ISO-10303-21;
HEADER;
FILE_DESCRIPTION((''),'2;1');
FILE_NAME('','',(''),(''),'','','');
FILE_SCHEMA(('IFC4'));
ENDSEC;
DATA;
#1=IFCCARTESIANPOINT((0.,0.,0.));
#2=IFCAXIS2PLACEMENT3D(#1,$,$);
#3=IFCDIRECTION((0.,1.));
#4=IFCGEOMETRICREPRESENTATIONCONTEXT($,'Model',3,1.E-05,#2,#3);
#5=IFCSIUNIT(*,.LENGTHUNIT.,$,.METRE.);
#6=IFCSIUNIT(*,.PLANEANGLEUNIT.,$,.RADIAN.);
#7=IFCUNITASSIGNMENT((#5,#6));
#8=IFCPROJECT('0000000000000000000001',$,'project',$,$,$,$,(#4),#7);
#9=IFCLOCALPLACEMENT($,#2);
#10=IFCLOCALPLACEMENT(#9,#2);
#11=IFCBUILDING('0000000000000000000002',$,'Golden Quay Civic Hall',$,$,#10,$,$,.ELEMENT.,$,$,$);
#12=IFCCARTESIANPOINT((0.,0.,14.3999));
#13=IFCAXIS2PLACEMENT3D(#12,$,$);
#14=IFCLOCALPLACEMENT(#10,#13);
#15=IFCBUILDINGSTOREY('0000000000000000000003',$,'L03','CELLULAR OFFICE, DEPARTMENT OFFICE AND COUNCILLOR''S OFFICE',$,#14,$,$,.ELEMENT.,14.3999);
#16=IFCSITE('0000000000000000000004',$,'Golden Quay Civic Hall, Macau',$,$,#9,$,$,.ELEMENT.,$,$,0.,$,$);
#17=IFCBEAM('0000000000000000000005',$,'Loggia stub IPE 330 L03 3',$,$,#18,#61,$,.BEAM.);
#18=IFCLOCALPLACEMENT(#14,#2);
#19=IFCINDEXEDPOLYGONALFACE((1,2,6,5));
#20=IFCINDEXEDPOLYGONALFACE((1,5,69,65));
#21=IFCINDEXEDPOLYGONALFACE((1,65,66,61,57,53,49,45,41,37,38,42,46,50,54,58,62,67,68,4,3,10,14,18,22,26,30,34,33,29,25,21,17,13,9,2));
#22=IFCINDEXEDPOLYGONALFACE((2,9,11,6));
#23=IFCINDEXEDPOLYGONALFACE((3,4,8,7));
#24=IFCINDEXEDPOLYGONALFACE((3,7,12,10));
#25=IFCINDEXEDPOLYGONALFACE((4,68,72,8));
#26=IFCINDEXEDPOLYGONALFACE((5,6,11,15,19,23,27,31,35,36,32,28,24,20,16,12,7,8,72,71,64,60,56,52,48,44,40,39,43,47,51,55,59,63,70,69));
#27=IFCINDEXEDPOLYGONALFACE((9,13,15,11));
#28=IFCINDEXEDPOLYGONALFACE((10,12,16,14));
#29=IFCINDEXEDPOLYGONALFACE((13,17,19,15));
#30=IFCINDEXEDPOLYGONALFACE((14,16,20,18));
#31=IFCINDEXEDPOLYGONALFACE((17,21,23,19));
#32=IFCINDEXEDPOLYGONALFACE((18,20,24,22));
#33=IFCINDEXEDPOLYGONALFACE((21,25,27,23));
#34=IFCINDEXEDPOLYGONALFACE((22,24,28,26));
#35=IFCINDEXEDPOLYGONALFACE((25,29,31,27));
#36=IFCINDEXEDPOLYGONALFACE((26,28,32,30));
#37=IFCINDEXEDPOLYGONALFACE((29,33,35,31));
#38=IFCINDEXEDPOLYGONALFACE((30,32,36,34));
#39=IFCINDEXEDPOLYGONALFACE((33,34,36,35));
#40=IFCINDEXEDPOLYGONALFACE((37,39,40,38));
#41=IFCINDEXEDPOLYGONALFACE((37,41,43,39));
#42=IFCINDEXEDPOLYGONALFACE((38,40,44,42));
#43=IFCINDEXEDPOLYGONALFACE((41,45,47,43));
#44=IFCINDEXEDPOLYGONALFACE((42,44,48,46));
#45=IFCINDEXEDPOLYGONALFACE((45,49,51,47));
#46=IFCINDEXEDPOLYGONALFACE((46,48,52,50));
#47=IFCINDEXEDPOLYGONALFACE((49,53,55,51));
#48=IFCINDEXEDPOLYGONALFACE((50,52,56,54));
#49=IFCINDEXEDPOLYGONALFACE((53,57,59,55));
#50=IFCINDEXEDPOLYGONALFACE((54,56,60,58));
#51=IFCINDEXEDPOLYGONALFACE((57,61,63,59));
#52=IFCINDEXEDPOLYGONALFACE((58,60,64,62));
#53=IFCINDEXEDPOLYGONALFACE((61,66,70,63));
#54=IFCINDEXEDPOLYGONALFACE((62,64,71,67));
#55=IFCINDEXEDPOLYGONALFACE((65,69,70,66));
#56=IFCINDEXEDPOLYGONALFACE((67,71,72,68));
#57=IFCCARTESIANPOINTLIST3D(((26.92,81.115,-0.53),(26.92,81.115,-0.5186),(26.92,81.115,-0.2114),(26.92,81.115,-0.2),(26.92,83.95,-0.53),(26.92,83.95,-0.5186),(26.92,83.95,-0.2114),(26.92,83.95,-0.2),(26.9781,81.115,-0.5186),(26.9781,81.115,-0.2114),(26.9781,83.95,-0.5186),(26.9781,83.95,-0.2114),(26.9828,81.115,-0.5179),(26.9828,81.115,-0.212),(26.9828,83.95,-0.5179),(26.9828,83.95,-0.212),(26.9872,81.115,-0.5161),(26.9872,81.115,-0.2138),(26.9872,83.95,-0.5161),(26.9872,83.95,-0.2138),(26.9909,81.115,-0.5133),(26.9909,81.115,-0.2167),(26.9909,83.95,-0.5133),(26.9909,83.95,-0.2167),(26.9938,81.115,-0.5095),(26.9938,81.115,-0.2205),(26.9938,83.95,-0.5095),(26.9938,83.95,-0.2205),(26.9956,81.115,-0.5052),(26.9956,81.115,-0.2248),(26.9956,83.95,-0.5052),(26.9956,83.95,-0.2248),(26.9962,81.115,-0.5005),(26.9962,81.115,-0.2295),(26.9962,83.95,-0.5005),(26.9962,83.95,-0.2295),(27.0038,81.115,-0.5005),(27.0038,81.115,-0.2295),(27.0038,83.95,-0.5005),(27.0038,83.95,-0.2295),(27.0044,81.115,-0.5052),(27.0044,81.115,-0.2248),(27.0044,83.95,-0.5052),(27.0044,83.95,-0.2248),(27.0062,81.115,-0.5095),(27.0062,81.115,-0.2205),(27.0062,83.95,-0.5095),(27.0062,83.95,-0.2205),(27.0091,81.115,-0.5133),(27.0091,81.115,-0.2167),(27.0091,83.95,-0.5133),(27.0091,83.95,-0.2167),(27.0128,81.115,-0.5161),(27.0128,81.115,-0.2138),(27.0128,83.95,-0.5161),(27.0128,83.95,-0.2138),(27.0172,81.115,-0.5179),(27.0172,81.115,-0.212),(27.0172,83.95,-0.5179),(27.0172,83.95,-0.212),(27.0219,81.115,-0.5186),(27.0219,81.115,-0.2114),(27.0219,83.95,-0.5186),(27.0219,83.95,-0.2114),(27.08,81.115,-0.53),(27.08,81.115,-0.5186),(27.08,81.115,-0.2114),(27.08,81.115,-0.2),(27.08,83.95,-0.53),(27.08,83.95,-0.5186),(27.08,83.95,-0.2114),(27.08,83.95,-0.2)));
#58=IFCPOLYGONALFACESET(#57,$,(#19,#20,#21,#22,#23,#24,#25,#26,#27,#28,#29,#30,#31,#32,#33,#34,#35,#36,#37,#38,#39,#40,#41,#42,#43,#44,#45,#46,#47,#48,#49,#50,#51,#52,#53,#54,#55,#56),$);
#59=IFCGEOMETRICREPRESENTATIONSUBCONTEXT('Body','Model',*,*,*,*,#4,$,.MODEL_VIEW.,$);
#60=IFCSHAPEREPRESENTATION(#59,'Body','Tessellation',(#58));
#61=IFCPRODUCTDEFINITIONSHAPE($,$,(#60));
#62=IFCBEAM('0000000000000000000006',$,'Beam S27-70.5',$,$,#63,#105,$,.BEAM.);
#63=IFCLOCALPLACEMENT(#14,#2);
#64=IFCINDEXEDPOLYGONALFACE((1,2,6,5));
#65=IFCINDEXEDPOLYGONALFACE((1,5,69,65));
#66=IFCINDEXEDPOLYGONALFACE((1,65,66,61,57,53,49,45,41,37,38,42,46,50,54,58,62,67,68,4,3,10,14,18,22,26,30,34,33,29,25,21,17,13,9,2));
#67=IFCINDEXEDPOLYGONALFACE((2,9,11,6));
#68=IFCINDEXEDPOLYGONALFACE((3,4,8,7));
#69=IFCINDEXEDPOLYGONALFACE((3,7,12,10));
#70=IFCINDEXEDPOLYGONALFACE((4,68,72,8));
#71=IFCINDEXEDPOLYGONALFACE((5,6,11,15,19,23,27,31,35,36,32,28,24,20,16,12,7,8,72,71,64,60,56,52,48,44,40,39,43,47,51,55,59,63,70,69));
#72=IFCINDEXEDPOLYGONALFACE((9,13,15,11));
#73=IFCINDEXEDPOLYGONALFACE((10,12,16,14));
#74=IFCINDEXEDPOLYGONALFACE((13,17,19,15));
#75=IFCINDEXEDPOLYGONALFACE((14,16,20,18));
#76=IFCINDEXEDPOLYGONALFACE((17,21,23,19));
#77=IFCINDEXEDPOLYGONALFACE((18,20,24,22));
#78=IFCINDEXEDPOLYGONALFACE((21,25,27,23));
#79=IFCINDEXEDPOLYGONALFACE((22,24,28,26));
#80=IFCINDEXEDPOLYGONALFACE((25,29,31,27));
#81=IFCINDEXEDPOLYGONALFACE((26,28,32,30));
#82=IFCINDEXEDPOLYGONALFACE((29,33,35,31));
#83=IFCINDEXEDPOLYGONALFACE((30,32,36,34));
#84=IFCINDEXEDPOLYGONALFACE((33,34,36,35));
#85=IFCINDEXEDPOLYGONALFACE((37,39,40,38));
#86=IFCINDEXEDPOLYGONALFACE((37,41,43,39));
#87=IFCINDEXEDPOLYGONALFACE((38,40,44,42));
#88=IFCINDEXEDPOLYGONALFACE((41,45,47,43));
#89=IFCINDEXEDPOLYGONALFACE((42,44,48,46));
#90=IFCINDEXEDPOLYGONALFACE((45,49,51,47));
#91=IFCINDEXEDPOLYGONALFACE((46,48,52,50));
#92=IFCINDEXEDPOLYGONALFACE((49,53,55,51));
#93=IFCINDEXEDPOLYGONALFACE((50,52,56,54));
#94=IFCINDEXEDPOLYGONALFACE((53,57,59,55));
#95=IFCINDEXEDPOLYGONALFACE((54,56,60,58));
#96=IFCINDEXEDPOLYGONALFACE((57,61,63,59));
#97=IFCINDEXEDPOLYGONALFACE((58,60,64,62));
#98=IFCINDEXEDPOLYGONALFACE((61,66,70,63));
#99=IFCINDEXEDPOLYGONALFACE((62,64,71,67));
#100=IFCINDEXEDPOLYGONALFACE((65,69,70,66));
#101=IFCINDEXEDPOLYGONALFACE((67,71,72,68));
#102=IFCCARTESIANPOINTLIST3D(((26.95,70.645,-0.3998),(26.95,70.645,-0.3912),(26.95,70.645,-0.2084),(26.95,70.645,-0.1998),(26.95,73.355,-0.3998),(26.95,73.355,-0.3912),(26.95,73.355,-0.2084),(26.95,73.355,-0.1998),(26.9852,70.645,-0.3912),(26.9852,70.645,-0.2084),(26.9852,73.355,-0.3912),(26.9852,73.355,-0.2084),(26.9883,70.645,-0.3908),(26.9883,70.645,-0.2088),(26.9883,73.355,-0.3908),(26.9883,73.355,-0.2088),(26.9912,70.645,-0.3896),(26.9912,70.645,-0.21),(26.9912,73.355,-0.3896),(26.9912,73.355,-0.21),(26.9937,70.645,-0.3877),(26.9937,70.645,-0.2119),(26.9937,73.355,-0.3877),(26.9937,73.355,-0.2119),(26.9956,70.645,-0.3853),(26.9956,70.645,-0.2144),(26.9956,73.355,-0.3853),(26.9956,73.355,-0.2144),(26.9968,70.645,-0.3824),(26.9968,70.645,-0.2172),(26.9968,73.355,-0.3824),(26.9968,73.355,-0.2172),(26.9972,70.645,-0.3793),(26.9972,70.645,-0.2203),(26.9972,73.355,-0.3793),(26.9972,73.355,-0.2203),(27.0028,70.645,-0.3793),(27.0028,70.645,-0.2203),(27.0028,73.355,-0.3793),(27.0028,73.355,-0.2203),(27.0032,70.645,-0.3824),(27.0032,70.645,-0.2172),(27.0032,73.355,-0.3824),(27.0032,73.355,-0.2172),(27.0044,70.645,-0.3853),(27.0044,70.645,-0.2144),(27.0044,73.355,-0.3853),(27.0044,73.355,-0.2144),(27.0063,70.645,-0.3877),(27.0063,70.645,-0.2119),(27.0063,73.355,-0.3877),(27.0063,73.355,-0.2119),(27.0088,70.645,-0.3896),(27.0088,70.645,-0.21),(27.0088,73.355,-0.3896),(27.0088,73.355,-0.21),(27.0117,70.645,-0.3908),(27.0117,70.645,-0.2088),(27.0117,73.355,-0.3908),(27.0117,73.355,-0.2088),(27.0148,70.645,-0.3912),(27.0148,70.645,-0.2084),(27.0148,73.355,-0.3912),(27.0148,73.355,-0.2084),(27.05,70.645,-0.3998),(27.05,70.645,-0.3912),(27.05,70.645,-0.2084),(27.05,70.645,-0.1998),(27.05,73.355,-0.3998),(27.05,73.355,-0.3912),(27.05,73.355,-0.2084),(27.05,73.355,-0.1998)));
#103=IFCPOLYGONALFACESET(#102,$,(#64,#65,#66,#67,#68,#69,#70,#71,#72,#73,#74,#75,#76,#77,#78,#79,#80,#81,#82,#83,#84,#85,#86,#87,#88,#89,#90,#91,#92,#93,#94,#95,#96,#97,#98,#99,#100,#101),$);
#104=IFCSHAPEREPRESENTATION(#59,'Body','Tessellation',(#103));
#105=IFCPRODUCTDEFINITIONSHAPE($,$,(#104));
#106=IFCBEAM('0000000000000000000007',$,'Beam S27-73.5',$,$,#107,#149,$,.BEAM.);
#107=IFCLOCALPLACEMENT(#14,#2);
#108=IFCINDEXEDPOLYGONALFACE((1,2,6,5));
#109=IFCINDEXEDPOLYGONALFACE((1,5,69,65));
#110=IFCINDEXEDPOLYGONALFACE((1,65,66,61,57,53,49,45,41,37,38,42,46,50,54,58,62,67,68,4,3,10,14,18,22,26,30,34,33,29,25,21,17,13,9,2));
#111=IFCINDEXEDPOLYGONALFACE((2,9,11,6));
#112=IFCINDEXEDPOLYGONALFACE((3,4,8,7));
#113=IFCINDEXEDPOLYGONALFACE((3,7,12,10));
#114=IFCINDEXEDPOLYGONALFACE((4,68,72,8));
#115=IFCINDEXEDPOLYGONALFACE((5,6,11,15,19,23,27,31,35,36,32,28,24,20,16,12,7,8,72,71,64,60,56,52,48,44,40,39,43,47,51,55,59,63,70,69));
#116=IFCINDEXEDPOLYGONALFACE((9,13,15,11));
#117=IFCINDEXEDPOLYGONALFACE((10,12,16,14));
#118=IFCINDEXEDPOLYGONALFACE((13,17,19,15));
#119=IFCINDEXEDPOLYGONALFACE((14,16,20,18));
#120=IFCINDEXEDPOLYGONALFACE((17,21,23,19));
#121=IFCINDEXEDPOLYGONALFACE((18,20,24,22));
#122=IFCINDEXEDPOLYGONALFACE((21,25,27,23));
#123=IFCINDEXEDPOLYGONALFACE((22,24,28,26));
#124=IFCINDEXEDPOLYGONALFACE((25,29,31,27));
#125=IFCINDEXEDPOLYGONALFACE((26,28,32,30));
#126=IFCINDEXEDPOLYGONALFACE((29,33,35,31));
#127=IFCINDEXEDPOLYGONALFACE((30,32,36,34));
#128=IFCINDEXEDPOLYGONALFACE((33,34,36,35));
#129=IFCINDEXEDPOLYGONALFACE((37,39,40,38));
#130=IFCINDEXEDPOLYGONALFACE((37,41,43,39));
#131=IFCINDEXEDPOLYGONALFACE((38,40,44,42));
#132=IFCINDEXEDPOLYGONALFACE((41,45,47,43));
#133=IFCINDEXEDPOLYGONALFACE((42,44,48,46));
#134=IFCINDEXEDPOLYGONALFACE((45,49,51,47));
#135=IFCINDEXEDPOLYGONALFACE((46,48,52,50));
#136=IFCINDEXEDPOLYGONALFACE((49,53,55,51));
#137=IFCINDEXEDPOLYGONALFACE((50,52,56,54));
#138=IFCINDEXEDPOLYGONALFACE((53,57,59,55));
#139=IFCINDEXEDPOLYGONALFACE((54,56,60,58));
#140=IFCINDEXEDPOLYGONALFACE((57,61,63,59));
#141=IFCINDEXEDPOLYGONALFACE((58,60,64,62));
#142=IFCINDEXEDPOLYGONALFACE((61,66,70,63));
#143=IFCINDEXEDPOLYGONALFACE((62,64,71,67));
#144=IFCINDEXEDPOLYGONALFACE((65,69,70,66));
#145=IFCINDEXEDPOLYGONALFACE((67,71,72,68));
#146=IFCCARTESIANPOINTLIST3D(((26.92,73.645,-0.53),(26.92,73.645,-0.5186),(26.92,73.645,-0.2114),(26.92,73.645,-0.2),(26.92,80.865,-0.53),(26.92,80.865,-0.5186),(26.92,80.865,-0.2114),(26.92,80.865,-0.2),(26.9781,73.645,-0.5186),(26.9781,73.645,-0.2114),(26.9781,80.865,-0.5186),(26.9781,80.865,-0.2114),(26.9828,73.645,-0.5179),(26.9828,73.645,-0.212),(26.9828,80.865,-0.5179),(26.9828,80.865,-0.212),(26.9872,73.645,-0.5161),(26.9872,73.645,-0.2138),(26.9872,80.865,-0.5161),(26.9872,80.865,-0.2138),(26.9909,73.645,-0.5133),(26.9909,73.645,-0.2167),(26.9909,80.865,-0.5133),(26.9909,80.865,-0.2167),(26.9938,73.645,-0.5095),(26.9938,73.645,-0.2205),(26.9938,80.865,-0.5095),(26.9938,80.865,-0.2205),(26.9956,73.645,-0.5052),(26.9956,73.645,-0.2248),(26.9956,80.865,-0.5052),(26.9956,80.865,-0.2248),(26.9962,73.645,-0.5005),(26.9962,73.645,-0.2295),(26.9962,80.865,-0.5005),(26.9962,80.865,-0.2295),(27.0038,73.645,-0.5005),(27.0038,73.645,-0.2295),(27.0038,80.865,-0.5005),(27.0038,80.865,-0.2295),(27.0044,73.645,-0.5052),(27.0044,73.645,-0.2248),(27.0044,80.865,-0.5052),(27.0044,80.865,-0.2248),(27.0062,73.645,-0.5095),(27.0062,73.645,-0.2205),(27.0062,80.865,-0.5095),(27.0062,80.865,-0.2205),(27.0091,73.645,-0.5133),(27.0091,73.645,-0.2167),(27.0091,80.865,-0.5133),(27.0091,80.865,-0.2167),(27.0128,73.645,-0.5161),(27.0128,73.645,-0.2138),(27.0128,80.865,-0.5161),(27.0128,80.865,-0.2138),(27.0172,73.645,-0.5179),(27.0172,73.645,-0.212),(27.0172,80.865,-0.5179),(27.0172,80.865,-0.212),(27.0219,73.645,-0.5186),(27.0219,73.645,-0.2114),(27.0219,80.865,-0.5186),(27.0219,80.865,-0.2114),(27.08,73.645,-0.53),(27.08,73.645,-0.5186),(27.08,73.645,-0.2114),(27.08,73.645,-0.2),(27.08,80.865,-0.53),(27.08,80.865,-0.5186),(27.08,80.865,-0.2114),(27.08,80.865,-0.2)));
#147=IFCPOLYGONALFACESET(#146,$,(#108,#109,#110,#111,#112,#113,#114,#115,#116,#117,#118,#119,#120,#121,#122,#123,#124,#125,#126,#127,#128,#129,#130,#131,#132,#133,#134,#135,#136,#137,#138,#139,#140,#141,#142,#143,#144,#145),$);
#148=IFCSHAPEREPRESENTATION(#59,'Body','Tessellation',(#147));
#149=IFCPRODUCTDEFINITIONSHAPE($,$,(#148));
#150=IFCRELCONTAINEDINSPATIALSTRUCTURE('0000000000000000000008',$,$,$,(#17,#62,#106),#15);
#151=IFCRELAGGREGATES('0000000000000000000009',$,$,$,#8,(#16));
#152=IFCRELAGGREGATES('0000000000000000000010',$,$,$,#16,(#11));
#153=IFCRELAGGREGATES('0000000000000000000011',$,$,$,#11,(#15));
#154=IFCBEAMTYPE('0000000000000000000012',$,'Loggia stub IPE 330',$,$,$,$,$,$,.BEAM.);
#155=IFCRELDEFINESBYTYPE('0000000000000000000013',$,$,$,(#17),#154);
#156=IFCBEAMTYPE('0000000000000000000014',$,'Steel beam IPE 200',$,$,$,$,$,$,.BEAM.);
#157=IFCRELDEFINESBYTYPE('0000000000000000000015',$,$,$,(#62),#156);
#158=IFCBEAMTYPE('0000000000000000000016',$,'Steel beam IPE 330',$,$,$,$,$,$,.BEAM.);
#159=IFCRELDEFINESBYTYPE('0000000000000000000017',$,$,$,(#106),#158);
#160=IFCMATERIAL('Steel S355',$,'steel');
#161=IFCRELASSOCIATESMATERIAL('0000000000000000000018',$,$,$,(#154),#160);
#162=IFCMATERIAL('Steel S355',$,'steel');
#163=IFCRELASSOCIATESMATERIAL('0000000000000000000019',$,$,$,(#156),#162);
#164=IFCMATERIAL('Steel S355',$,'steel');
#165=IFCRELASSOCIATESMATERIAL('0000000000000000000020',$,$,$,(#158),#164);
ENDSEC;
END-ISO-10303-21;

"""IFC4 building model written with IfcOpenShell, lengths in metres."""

from ifc_helpers import new_model, si_unit, direction, frame, origin, origin_2d, place, context, subcontext, project, spatial, i_section, extrude, material, material_profile, profile_set, type_object, element, save


model = new_model("IFC4")

# Units and contexts
model_context = context("Model", 3, precision=1e-05, world=origin(), true_north=direction((0.0, 1.0)))
body_context = subcontext(model_context, "Body", "Model", "MODEL_VIEW")
ifc_project = project(units=[si_unit("LENGTHUNIT", "METRE"), si_unit("PLANEANGLEUNIT", "RADIAN")], contexts=[model_context])

# Site, building, storey
site_placement = place(None, origin())
site = spatial("IfcSite", under=ifc_project, at=site_placement, Name="Golden Quay Civic Hall, Macau", CompositionType="ELEMENT", RefElevation=0.0)
building_placement = place(site_placement, origin())
building = spatial("IfcBuilding", under=site, at=building_placement, Name="Golden Quay Civic Hall", CompositionType="ELEMENT")
storey_placement = place(building_placement, frame((0.0, 0.0, 14.3999)))
storey = spatial("IfcBuildingStorey", under=building, at=storey_placement, Name="L03", Description="CELLULAR OFFICE, DEPARTMENT OFFICE AND COUNCILLOR'S OFFICE", CompositionType="ELEMENT", Elevation=14.3999)

# Beams
ifc_material_1 = material(Name="Steel S355", Category="steel")
ifc_material_profile_1 = material_profile(ifc_material_1, i_section(OverallWidth=0.1599, OverallDepth=0.3301, WebThickness=0.0076, FlangeThickness=0.0115, FilletRadius=0.0181, at=origin_2d()), Name="IPE 330")
ifc_profile_set_1 = profile_set([ifc_material_profile_1], Name="Steel S355")
beam_type_1 = type_object("IfcBeamType", Name="Loggia stub IPE 330", PredefinedType="BEAM", material=ifc_profile_set_1)
beam_1_placement = place(storey_placement, frame((27.0, 81.115, -0.365), z_axis=(0.0, 1.0, 0.0), x_axis=(-1.0, 0.0, 0.0)))
element("IfcBeam", 1, at=beam_1_placement, inside=storey, type_object=beam_type_1, Name="Loggia stub IPE 330 L03 3", PredefinedType="BEAM", context=body_context, shape_type="SweptSolid", body=[
    extrude(i_section(OverallWidth=0.1599, OverallDepth=0.3301, WebThickness=0.0076, FlangeThickness=0.0115, FilletRadius=0.0181, at=origin_2d()), origin(), (0.0, 0.0, 1.0), 2.835),
])
ifc_material_2 = material(Name="Steel S355", Category="steel")
ifc_material_profile_2 = material_profile(ifc_material_2, i_section(OverallWidth=0.1001, OverallDepth=0.2, WebThickness=0.0056, FlangeThickness=0.0085, FilletRadius=0.012, at=origin_2d()), Name="IPE 200")
ifc_profile_set_2 = profile_set([ifc_material_profile_2], Name="Steel S355")
beam_type_2 = type_object("IfcBeamType", Name="Steel beam IPE 200", PredefinedType="BEAM", material=ifc_profile_set_2)
beam_2_placement = place(storey_placement, frame((27.0, 70.645, -0.2998), z_axis=(0.0, 1.0, 0.0), x_axis=(-1.0, 0.0, 0.0)))
element("IfcBeam", 2, at=beam_2_placement, inside=storey, type_object=beam_type_2, Name="Beam S27-70.5", PredefinedType="BEAM", context=body_context, shape_type="SweptSolid", body=[
    extrude(i_section(OverallWidth=0.1001, OverallDepth=0.2, WebThickness=0.0056, FlangeThickness=0.0085, FilletRadius=0.012, at=origin_2d()), origin(), (0.0, 0.0, 1.0), 2.71),
])
ifc_material_3 = material(Name="Steel S355", Category="steel")
ifc_material_profile_3 = material_profile(ifc_material_3, i_section(OverallWidth=0.1599, OverallDepth=0.3301, WebThickness=0.0076, FlangeThickness=0.0115, FilletRadius=0.0181, at=origin_2d()), Name="IPE 330")
ifc_profile_set_3 = profile_set([ifc_material_profile_3], Name="Steel S355")
beam_type_3 = type_object("IfcBeamType", Name="Steel beam IPE 330", PredefinedType="BEAM", material=ifc_profile_set_3)
beam_3_placement = place(storey_placement, frame((27.0, 73.645, -0.365), z_axis=(0.0, 1.0, 0.0), x_axis=(-1.0, 0.0, 0.0)))
element("IfcBeam", 3, at=beam_3_placement, inside=storey, type_object=beam_type_3, Name="Beam S27-73.5", PredefinedType="BEAM", context=body_context, shape_type="SweptSolid", body=[
    extrude(i_section(OverallWidth=0.1599, OverallDepth=0.3301, WebThickness=0.0076, FlangeThickness=0.0115, FilletRadius=0.0181, at=origin_2d()), origin(), (0.0, 0.0, 1.0), 7.22),
])

save(model, "model.ifc")
